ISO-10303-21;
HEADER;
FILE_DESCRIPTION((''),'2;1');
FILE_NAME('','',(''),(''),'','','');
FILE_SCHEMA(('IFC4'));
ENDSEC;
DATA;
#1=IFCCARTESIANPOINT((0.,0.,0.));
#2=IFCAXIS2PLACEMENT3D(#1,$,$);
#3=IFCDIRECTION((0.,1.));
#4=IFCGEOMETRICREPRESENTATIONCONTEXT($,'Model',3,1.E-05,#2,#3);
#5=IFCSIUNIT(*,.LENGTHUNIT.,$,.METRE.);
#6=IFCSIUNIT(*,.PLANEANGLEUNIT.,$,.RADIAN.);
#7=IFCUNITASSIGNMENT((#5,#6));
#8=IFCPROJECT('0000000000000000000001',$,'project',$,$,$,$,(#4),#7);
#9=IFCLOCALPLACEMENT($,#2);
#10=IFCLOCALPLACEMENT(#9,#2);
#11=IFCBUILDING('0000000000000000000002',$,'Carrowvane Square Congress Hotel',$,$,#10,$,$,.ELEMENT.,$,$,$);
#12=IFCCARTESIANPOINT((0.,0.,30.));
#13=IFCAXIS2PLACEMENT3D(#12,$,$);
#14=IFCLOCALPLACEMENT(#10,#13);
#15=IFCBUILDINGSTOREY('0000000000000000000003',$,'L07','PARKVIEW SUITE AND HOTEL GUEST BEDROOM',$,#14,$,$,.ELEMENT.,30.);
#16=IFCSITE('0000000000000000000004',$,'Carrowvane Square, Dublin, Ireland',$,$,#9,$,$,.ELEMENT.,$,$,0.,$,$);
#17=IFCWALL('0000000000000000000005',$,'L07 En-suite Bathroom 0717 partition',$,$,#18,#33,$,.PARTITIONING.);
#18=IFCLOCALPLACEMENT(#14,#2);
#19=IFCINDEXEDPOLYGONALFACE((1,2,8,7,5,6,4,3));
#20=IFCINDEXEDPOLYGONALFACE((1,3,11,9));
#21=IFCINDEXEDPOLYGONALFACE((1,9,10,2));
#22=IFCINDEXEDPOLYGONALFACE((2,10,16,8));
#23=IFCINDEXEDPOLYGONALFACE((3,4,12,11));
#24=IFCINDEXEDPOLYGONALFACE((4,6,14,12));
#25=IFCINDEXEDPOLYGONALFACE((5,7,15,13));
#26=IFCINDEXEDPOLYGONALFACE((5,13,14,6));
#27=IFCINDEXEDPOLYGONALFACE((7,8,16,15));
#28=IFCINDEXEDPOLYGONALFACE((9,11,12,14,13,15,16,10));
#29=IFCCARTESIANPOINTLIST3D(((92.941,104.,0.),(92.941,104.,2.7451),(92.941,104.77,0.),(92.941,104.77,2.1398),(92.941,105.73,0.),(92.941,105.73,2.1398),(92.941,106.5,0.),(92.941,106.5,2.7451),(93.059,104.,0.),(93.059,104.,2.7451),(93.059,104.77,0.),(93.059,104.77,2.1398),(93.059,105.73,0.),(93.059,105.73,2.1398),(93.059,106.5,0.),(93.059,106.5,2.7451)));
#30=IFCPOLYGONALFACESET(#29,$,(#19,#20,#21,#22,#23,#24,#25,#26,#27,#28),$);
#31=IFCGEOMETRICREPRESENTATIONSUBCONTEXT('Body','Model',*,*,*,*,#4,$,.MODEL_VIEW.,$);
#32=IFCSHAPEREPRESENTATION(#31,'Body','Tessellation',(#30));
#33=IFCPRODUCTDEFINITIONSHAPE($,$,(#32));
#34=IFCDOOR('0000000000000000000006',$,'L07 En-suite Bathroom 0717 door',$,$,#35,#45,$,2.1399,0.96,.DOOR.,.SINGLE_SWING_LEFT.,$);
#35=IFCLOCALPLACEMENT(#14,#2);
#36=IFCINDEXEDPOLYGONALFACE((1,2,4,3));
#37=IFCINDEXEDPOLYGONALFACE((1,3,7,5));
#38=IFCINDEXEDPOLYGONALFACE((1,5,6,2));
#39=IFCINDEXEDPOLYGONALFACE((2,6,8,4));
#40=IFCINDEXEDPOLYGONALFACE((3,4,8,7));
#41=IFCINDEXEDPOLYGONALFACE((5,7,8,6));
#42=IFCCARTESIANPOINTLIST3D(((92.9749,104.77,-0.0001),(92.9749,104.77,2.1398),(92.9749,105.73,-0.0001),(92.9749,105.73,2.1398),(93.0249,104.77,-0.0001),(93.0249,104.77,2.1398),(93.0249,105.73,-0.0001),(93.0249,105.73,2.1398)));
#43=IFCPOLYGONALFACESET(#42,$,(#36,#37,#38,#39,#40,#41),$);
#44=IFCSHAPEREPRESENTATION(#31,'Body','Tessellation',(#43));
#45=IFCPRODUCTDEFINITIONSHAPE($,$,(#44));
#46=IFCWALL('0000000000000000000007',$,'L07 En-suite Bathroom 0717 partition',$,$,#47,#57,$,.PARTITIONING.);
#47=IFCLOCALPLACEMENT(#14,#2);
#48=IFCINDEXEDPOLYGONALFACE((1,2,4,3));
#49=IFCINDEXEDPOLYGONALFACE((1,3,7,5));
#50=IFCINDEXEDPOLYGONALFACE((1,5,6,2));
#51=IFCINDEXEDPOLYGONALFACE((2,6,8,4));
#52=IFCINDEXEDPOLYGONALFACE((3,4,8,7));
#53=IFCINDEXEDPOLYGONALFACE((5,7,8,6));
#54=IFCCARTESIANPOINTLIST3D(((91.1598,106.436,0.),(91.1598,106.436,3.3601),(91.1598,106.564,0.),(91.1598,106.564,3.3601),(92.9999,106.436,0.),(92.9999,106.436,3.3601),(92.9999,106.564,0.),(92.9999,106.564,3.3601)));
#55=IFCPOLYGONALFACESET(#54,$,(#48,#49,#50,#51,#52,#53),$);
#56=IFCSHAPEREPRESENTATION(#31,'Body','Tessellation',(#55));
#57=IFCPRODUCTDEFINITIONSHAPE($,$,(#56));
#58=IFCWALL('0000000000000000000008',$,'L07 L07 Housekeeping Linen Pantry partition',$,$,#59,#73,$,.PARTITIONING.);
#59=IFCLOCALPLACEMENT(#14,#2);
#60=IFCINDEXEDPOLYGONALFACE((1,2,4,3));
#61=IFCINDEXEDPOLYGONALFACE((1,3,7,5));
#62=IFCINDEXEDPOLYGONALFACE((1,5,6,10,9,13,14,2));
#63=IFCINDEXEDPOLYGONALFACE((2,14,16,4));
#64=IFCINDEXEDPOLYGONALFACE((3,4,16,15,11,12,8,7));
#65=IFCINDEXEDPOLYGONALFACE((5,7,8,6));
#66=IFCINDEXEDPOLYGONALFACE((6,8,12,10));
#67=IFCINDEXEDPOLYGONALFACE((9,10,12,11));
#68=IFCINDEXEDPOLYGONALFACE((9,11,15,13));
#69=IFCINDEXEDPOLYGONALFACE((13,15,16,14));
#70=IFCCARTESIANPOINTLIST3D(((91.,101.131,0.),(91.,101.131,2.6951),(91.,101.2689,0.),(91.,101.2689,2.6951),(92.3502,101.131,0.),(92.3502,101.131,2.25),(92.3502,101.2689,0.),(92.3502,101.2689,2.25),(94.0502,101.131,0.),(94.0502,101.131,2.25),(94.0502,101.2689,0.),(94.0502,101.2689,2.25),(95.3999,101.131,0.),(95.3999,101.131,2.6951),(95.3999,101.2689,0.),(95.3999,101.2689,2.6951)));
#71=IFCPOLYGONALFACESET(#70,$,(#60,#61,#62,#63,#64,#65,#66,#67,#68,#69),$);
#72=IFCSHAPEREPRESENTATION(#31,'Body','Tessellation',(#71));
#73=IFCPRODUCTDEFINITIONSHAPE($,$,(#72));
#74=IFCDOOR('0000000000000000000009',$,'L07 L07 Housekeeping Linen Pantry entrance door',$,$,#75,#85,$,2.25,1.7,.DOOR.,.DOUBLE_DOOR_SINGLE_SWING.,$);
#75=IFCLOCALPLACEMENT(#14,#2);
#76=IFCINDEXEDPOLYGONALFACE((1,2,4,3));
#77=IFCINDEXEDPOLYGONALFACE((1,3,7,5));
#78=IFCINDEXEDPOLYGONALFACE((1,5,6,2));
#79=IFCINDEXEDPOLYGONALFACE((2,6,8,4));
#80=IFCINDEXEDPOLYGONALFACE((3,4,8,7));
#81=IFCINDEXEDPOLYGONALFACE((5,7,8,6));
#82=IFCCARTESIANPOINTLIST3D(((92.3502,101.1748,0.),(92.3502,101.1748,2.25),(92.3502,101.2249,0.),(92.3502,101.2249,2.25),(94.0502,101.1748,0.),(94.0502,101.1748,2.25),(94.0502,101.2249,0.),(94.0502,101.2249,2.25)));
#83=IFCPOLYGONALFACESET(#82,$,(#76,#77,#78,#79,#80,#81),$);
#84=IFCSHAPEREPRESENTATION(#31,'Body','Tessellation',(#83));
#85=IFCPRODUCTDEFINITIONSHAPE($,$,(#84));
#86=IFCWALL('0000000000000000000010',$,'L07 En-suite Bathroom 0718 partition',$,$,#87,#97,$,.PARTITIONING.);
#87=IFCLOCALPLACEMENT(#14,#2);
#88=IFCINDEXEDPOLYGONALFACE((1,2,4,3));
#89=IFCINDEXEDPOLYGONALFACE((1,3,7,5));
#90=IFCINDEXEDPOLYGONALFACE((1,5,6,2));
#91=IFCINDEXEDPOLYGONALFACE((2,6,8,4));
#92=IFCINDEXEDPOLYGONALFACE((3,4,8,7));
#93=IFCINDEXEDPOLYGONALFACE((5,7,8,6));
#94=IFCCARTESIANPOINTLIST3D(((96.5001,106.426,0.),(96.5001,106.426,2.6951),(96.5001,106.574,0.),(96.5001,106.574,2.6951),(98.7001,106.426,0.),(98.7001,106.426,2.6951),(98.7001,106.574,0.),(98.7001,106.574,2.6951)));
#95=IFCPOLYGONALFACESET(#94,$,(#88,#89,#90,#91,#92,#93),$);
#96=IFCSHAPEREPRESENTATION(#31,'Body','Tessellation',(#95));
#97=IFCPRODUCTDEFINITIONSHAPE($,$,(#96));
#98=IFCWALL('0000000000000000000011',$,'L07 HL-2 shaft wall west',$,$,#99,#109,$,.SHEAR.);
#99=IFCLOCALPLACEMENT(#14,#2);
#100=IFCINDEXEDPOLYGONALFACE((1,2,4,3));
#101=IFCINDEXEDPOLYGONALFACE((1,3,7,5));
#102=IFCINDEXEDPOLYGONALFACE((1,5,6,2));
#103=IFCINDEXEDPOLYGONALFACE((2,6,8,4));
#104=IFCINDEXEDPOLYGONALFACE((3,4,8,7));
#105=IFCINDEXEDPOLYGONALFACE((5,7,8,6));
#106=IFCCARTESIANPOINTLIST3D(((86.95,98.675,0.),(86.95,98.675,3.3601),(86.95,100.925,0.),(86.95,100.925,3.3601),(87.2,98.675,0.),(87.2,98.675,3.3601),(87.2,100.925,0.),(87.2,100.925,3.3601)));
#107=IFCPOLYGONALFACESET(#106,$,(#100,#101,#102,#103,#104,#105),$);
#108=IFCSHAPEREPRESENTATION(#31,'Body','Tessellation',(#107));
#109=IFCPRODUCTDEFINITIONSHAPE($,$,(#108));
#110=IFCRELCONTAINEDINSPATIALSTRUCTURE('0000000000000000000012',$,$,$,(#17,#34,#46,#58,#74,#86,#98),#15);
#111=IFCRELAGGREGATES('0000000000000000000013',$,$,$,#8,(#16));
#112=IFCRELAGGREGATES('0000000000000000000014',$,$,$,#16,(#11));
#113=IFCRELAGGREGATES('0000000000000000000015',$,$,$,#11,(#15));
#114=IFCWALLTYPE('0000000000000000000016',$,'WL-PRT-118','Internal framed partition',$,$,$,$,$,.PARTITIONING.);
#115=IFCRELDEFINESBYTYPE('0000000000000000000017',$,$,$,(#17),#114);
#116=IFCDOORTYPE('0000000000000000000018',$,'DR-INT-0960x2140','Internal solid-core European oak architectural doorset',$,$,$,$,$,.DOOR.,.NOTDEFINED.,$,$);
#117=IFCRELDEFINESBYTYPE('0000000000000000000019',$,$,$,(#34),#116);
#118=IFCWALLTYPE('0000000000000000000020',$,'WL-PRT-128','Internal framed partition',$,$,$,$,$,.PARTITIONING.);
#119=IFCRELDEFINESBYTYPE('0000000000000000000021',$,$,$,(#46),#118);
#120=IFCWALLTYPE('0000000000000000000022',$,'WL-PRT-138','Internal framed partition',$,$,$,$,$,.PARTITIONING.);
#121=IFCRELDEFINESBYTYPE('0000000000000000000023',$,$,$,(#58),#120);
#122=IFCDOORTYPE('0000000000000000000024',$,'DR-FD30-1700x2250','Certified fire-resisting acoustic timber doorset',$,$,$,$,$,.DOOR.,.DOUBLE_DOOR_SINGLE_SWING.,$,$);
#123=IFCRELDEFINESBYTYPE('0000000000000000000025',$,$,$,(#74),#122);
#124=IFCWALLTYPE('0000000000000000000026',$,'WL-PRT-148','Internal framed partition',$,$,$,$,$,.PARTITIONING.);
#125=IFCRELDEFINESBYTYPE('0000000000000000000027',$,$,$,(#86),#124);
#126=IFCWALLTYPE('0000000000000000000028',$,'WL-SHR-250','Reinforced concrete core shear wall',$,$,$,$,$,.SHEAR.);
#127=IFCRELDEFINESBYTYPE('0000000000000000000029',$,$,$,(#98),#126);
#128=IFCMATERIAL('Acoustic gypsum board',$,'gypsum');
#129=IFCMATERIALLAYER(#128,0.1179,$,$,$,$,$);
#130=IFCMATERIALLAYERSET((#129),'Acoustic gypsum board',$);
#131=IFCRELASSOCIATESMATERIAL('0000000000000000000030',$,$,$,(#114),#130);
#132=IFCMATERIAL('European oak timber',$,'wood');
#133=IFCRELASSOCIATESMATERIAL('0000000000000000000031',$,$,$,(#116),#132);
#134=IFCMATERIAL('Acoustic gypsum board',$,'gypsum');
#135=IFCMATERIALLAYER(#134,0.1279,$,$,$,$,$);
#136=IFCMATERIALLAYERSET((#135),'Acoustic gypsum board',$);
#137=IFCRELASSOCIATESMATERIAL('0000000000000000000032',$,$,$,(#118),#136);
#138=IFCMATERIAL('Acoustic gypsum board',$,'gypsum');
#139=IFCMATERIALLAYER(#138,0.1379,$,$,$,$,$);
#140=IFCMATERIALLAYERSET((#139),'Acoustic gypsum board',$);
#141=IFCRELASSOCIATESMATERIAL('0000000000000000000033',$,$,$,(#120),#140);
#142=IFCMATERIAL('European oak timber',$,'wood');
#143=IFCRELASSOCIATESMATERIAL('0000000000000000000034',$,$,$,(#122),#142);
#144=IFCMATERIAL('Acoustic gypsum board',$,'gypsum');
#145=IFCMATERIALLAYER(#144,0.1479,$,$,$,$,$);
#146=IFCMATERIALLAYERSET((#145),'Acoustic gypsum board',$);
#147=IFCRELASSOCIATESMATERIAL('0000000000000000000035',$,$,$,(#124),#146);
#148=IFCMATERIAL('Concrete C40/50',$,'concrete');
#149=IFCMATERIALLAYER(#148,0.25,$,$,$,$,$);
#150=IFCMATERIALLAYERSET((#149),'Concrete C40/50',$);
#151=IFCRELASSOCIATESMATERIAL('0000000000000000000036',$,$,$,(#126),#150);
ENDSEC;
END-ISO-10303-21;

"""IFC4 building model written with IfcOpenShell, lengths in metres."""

from ifc_helpers import new_model, si_unit, direction, frame, frame_2d, origin, place, context, subcontext, project, spatial, rectangle, extrude, material, layer, layer_set, type_object, element, fill, save


model = new_model("IFC4")

# Units and contexts
model_context = context("Model", 3, precision=1e-05, world=origin(), true_north=direction((0.0, 1.0)))
body_context = subcontext(model_context, "Body", "Model", "MODEL_VIEW")
ifc_project = project(units=[si_unit("LENGTHUNIT", "METRE"), si_unit("PLANEANGLEUNIT", "RADIAN")], contexts=[model_context])

# Site, building, storey
site_placement = place(None, origin())
site = spatial("IfcSite", under=ifc_project, at=site_placement, Name="Carrowvane Square, Dublin, Ireland", CompositionType="ELEMENT", RefElevation=0.0)
building_placement = place(site_placement, origin())
building = spatial("IfcBuilding", under=site, at=building_placement, Name="Carrowvane Square Congress Hotel", CompositionType="ELEMENT")
storey_placement = place(building_placement, frame((0.0, 0.0, 30.0)))
storey = spatial("IfcBuildingStorey", under=building, at=storey_placement, Name="L07", Description="PARKVIEW SUITE AND HOTEL GUEST BEDROOM", CompositionType="ELEMENT", Elevation=30.0)

# Wall, opening, door
ifc_material_1 = material(Name="Acoustic gypsum board", Category="gypsum")
ifc_layer_1 = layer(ifc_material_1, 0.1179)
ifc_layer_set_1 = layer_set([ifc_layer_1], Name="Acoustic gypsum board")
wall_type_1 = type_object("IfcWallType", Name="WL-PRT-118", Description="Internal framed partition", PredefinedType="PARTITIONING", material=ifc_layer_set_1)
wall_1_placement = place(storey_placement, frame((93.0, 106.5, 0.0), z_axis=(0.0, 0.0, 1.0), x_axis=(0.0, -1.0, 0.0)))
wall_1 = element("IfcWall", 1, at=wall_1_placement, inside=storey, type_object=wall_type_1, Name="L07 En-suite Bathroom 0717 partition", PredefinedType="PARTITIONING", context=body_context, shape_type="SweptSolid", body=[
    extrude(rectangle(XDim=2.5, YDim=0.1179, at=frame_2d((1.25, 0.0))), origin(), (0.0, 0.0, 1.0), 2.7451),
])
opening_1_placement = place(wall_1_placement, frame((0.77, 0.0, 0.0)))
opening_1 = element("IfcOpeningElement", 2, at=opening_1_placement, cuts=wall_1, PredefinedType="OPENING", context=body_context, shape_type="SweptSolid", body=[
    extrude(rectangle(XDim=0.96, YDim=2.1399, at=frame_2d((0.48, 1.0698))), frame((0.0, 0.0688, 0.0), z_axis=(0.0, -1.0, 0.0), x_axis=(1.0, 0.0, 0.0)), (0.0, 0.0, 1.0), 0.1379),
])
ifc_material_2 = material(Name="European oak timber", Category="wood")
door_type_1 = type_object("IfcDoorType", Name="DR-INT-0960x2140", Description="Internal solid-core European oak architectural doorset", OperationType="NOTDEFINED", PredefinedType="DOOR", material=ifc_material_2)
door_1_placement = place(opening_1_placement, origin())
door_1 = element("IfcDoor", 3, at=door_1_placement, inside=storey, type_object=door_type_1, Name="L07 En-suite Bathroom 0717 door", OperationType="SINGLE_SWING_LEFT", OverallHeight=2.1399, OverallWidth=0.96, PredefinedType="DOOR", context=body_context, shape_type="SweptSolid", body=[
    extrude(rectangle(XDim=0.96, YDim=2.1399, at=frame_2d((0.48, 1.0698))), frame((0.0, 0.0249, 0.0), z_axis=(0.0, -1.0, 0.0), x_axis=(1.0, 0.0, 0.0)), (0.0, 0.0, 1.0), 0.05),
])
fill(opening_1, door_1)

# Wall
ifc_material_3 = material(Name="Acoustic gypsum board", Category="gypsum")
ifc_layer_2 = layer(ifc_material_3, 0.1279)
ifc_layer_set_2 = layer_set([ifc_layer_2], Name="Acoustic gypsum board")
wall_type_2 = type_object("IfcWallType", Name="WL-PRT-128", Description="Internal framed partition", PredefinedType="PARTITIONING", material=ifc_layer_set_2)
wall_2_placement = place(storey_placement, frame((91.1599, 106.5, 0.0), z_axis=(0.0, 0.0, 1.0), x_axis=(1.0, 0.0, 0.0)))
element("IfcWall", 4, at=wall_2_placement, inside=storey, type_object=wall_type_2, Name="L07 En-suite Bathroom 0717 partition", PredefinedType="PARTITIONING", context=body_context, shape_type="SweptSolid", body=[
    extrude(rectangle(XDim=1.8401, YDim=0.1279, at=frame_2d((0.9199, 0.0))), origin(), (0.0, 0.0, 1.0), 3.3601),
])

# Wall, opening, door
ifc_material_4 = material(Name="Acoustic gypsum board", Category="gypsum")
ifc_layer_3 = layer(ifc_material_4, 0.1379)
ifc_layer_set_3 = layer_set([ifc_layer_3], Name="Acoustic gypsum board")
wall_type_3 = type_object("IfcWallType", Name="WL-PRT-138", Description="Internal framed partition", PredefinedType="PARTITIONING", material=ifc_layer_set_3)
wall_3_placement = place(storey_placement, frame((91.0, 101.2, 0.0), z_axis=(0.0, 0.0, 1.0), x_axis=(1.0, 0.0, 0.0)))
wall_3 = element("IfcWall", 5, at=wall_3_placement, inside=storey, type_object=wall_type_3, Name="L07 L07 Housekeeping Linen Pantry partition", PredefinedType="PARTITIONING", context=body_context, shape_type="SweptSolid", body=[
    extrude(rectangle(XDim=4.3999, YDim=0.1379, at=frame_2d((2.2, 0.0))), origin(), (0.0, 0.0, 1.0), 2.6951),
])
opening_2_placement = place(wall_3_placement, frame((1.3501, 0.0, 0.0)))
opening_2 = element("IfcOpeningElement", 6, at=opening_2_placement, cuts=wall_3, PredefinedType="OPENING", context=body_context, shape_type="SweptSolid", body=[
    extrude(rectangle(XDim=1.7, YDim=2.25, at=frame_2d((0.8501, 1.125))), frame((0.0, 0.0789, 0.0), z_axis=(0.0, -1.0, 0.0), x_axis=(1.0, 0.0, 0.0)), (0.0, 0.0, 1.0), 0.158),
])
ifc_material_5 = material(Name="European oak timber", Category="wood")
door_type_2 = type_object("IfcDoorType", Name="DR-FD30-1700x2250", Description="Certified fire-resisting acoustic timber doorset", OperationType="DOUBLE_DOOR_SINGLE_SWING", PredefinedType="DOOR", material=ifc_material_5)
door_2_placement = place(opening_2_placement, origin())
door_2 = element("IfcDoor", 7, at=door_2_placement, inside=storey, type_object=door_type_2, Name="L07 L07 Housekeeping Linen Pantry entrance door", OperationType="DOUBLE_DOOR_SINGLE_SWING", OverallHeight=2.25, OverallWidth=1.7, PredefinedType="DOOR", context=body_context, shape_type="SweptSolid", body=[
    extrude(rectangle(XDim=1.7, YDim=2.25, at=frame_2d((0.8501, 1.125))), frame((0.0, 0.0249, 0.0), z_axis=(0.0, -1.0, 0.0), x_axis=(1.0, 0.0, 0.0)), (0.0, 0.0, 1.0), 0.05),
])
fill(opening_2, door_2)
ifc_material_6 = material(Name="Acoustic gypsum board", Category="gypsum")
ifc_layer_4 = layer(ifc_material_6, 0.1479)
ifc_layer_set_4 = layer_set([ifc_layer_4], Name="Acoustic gypsum board")
wall_type_4 = type_object("IfcWallType", Name="WL-PRT-148", Description="Internal framed partition", PredefinedType="PARTITIONING", material=ifc_layer_set_4)

# Wall
wall_4_placement = place(storey_placement, frame((96.5, 106.5, 0.0), z_axis=(0.0, 0.0, 1.0), x_axis=(1.0, 0.0, 0.0)))
element("IfcWall", 8, at=wall_4_placement, inside=storey, type_object=wall_type_4, Name="L07 En-suite Bathroom 0718 partition", PredefinedType="PARTITIONING", context=body_context, shape_type="SweptSolid", body=[
    extrude(rectangle(XDim=2.2, YDim=0.1479, at=frame_2d((1.1001, 0.0))), origin(), (0.0, 0.0, 1.0), 2.6951),
])

# Shared definitions
ifc_material_7 = material(Name="Concrete C40/50", Category="concrete")
ifc_layer_5 = layer(ifc_material_7, 0.25)
ifc_layer_set_5 = layer_set([ifc_layer_5], Name="Concrete C40/50")
wall_type_5 = type_object("IfcWallType", Name="WL-SHR-250", Description="Reinforced concrete core shear wall", PredefinedType="SHEAR", material=ifc_layer_set_5)

# Wall
wall_5_placement = place(storey_placement, frame((87.075, 100.925, 0.0), z_axis=(0.0, 0.0, 1.0), x_axis=(0.0, -1.0, 0.0)))
element("IfcWall", 9, at=wall_5_placement, inside=storey, type_object=wall_type_5, Name="L07 HL-2 shaft wall west", PredefinedType="SHEAR", context=body_context, shape_type="SweptSolid", body=[
    extrude(rectangle(XDim=2.25, YDim=0.25, at=frame_2d((1.125, 0.0))), origin(), (0.0, 0.0, 1.0), 3.3601),
])

save(model, "model.ifc")
